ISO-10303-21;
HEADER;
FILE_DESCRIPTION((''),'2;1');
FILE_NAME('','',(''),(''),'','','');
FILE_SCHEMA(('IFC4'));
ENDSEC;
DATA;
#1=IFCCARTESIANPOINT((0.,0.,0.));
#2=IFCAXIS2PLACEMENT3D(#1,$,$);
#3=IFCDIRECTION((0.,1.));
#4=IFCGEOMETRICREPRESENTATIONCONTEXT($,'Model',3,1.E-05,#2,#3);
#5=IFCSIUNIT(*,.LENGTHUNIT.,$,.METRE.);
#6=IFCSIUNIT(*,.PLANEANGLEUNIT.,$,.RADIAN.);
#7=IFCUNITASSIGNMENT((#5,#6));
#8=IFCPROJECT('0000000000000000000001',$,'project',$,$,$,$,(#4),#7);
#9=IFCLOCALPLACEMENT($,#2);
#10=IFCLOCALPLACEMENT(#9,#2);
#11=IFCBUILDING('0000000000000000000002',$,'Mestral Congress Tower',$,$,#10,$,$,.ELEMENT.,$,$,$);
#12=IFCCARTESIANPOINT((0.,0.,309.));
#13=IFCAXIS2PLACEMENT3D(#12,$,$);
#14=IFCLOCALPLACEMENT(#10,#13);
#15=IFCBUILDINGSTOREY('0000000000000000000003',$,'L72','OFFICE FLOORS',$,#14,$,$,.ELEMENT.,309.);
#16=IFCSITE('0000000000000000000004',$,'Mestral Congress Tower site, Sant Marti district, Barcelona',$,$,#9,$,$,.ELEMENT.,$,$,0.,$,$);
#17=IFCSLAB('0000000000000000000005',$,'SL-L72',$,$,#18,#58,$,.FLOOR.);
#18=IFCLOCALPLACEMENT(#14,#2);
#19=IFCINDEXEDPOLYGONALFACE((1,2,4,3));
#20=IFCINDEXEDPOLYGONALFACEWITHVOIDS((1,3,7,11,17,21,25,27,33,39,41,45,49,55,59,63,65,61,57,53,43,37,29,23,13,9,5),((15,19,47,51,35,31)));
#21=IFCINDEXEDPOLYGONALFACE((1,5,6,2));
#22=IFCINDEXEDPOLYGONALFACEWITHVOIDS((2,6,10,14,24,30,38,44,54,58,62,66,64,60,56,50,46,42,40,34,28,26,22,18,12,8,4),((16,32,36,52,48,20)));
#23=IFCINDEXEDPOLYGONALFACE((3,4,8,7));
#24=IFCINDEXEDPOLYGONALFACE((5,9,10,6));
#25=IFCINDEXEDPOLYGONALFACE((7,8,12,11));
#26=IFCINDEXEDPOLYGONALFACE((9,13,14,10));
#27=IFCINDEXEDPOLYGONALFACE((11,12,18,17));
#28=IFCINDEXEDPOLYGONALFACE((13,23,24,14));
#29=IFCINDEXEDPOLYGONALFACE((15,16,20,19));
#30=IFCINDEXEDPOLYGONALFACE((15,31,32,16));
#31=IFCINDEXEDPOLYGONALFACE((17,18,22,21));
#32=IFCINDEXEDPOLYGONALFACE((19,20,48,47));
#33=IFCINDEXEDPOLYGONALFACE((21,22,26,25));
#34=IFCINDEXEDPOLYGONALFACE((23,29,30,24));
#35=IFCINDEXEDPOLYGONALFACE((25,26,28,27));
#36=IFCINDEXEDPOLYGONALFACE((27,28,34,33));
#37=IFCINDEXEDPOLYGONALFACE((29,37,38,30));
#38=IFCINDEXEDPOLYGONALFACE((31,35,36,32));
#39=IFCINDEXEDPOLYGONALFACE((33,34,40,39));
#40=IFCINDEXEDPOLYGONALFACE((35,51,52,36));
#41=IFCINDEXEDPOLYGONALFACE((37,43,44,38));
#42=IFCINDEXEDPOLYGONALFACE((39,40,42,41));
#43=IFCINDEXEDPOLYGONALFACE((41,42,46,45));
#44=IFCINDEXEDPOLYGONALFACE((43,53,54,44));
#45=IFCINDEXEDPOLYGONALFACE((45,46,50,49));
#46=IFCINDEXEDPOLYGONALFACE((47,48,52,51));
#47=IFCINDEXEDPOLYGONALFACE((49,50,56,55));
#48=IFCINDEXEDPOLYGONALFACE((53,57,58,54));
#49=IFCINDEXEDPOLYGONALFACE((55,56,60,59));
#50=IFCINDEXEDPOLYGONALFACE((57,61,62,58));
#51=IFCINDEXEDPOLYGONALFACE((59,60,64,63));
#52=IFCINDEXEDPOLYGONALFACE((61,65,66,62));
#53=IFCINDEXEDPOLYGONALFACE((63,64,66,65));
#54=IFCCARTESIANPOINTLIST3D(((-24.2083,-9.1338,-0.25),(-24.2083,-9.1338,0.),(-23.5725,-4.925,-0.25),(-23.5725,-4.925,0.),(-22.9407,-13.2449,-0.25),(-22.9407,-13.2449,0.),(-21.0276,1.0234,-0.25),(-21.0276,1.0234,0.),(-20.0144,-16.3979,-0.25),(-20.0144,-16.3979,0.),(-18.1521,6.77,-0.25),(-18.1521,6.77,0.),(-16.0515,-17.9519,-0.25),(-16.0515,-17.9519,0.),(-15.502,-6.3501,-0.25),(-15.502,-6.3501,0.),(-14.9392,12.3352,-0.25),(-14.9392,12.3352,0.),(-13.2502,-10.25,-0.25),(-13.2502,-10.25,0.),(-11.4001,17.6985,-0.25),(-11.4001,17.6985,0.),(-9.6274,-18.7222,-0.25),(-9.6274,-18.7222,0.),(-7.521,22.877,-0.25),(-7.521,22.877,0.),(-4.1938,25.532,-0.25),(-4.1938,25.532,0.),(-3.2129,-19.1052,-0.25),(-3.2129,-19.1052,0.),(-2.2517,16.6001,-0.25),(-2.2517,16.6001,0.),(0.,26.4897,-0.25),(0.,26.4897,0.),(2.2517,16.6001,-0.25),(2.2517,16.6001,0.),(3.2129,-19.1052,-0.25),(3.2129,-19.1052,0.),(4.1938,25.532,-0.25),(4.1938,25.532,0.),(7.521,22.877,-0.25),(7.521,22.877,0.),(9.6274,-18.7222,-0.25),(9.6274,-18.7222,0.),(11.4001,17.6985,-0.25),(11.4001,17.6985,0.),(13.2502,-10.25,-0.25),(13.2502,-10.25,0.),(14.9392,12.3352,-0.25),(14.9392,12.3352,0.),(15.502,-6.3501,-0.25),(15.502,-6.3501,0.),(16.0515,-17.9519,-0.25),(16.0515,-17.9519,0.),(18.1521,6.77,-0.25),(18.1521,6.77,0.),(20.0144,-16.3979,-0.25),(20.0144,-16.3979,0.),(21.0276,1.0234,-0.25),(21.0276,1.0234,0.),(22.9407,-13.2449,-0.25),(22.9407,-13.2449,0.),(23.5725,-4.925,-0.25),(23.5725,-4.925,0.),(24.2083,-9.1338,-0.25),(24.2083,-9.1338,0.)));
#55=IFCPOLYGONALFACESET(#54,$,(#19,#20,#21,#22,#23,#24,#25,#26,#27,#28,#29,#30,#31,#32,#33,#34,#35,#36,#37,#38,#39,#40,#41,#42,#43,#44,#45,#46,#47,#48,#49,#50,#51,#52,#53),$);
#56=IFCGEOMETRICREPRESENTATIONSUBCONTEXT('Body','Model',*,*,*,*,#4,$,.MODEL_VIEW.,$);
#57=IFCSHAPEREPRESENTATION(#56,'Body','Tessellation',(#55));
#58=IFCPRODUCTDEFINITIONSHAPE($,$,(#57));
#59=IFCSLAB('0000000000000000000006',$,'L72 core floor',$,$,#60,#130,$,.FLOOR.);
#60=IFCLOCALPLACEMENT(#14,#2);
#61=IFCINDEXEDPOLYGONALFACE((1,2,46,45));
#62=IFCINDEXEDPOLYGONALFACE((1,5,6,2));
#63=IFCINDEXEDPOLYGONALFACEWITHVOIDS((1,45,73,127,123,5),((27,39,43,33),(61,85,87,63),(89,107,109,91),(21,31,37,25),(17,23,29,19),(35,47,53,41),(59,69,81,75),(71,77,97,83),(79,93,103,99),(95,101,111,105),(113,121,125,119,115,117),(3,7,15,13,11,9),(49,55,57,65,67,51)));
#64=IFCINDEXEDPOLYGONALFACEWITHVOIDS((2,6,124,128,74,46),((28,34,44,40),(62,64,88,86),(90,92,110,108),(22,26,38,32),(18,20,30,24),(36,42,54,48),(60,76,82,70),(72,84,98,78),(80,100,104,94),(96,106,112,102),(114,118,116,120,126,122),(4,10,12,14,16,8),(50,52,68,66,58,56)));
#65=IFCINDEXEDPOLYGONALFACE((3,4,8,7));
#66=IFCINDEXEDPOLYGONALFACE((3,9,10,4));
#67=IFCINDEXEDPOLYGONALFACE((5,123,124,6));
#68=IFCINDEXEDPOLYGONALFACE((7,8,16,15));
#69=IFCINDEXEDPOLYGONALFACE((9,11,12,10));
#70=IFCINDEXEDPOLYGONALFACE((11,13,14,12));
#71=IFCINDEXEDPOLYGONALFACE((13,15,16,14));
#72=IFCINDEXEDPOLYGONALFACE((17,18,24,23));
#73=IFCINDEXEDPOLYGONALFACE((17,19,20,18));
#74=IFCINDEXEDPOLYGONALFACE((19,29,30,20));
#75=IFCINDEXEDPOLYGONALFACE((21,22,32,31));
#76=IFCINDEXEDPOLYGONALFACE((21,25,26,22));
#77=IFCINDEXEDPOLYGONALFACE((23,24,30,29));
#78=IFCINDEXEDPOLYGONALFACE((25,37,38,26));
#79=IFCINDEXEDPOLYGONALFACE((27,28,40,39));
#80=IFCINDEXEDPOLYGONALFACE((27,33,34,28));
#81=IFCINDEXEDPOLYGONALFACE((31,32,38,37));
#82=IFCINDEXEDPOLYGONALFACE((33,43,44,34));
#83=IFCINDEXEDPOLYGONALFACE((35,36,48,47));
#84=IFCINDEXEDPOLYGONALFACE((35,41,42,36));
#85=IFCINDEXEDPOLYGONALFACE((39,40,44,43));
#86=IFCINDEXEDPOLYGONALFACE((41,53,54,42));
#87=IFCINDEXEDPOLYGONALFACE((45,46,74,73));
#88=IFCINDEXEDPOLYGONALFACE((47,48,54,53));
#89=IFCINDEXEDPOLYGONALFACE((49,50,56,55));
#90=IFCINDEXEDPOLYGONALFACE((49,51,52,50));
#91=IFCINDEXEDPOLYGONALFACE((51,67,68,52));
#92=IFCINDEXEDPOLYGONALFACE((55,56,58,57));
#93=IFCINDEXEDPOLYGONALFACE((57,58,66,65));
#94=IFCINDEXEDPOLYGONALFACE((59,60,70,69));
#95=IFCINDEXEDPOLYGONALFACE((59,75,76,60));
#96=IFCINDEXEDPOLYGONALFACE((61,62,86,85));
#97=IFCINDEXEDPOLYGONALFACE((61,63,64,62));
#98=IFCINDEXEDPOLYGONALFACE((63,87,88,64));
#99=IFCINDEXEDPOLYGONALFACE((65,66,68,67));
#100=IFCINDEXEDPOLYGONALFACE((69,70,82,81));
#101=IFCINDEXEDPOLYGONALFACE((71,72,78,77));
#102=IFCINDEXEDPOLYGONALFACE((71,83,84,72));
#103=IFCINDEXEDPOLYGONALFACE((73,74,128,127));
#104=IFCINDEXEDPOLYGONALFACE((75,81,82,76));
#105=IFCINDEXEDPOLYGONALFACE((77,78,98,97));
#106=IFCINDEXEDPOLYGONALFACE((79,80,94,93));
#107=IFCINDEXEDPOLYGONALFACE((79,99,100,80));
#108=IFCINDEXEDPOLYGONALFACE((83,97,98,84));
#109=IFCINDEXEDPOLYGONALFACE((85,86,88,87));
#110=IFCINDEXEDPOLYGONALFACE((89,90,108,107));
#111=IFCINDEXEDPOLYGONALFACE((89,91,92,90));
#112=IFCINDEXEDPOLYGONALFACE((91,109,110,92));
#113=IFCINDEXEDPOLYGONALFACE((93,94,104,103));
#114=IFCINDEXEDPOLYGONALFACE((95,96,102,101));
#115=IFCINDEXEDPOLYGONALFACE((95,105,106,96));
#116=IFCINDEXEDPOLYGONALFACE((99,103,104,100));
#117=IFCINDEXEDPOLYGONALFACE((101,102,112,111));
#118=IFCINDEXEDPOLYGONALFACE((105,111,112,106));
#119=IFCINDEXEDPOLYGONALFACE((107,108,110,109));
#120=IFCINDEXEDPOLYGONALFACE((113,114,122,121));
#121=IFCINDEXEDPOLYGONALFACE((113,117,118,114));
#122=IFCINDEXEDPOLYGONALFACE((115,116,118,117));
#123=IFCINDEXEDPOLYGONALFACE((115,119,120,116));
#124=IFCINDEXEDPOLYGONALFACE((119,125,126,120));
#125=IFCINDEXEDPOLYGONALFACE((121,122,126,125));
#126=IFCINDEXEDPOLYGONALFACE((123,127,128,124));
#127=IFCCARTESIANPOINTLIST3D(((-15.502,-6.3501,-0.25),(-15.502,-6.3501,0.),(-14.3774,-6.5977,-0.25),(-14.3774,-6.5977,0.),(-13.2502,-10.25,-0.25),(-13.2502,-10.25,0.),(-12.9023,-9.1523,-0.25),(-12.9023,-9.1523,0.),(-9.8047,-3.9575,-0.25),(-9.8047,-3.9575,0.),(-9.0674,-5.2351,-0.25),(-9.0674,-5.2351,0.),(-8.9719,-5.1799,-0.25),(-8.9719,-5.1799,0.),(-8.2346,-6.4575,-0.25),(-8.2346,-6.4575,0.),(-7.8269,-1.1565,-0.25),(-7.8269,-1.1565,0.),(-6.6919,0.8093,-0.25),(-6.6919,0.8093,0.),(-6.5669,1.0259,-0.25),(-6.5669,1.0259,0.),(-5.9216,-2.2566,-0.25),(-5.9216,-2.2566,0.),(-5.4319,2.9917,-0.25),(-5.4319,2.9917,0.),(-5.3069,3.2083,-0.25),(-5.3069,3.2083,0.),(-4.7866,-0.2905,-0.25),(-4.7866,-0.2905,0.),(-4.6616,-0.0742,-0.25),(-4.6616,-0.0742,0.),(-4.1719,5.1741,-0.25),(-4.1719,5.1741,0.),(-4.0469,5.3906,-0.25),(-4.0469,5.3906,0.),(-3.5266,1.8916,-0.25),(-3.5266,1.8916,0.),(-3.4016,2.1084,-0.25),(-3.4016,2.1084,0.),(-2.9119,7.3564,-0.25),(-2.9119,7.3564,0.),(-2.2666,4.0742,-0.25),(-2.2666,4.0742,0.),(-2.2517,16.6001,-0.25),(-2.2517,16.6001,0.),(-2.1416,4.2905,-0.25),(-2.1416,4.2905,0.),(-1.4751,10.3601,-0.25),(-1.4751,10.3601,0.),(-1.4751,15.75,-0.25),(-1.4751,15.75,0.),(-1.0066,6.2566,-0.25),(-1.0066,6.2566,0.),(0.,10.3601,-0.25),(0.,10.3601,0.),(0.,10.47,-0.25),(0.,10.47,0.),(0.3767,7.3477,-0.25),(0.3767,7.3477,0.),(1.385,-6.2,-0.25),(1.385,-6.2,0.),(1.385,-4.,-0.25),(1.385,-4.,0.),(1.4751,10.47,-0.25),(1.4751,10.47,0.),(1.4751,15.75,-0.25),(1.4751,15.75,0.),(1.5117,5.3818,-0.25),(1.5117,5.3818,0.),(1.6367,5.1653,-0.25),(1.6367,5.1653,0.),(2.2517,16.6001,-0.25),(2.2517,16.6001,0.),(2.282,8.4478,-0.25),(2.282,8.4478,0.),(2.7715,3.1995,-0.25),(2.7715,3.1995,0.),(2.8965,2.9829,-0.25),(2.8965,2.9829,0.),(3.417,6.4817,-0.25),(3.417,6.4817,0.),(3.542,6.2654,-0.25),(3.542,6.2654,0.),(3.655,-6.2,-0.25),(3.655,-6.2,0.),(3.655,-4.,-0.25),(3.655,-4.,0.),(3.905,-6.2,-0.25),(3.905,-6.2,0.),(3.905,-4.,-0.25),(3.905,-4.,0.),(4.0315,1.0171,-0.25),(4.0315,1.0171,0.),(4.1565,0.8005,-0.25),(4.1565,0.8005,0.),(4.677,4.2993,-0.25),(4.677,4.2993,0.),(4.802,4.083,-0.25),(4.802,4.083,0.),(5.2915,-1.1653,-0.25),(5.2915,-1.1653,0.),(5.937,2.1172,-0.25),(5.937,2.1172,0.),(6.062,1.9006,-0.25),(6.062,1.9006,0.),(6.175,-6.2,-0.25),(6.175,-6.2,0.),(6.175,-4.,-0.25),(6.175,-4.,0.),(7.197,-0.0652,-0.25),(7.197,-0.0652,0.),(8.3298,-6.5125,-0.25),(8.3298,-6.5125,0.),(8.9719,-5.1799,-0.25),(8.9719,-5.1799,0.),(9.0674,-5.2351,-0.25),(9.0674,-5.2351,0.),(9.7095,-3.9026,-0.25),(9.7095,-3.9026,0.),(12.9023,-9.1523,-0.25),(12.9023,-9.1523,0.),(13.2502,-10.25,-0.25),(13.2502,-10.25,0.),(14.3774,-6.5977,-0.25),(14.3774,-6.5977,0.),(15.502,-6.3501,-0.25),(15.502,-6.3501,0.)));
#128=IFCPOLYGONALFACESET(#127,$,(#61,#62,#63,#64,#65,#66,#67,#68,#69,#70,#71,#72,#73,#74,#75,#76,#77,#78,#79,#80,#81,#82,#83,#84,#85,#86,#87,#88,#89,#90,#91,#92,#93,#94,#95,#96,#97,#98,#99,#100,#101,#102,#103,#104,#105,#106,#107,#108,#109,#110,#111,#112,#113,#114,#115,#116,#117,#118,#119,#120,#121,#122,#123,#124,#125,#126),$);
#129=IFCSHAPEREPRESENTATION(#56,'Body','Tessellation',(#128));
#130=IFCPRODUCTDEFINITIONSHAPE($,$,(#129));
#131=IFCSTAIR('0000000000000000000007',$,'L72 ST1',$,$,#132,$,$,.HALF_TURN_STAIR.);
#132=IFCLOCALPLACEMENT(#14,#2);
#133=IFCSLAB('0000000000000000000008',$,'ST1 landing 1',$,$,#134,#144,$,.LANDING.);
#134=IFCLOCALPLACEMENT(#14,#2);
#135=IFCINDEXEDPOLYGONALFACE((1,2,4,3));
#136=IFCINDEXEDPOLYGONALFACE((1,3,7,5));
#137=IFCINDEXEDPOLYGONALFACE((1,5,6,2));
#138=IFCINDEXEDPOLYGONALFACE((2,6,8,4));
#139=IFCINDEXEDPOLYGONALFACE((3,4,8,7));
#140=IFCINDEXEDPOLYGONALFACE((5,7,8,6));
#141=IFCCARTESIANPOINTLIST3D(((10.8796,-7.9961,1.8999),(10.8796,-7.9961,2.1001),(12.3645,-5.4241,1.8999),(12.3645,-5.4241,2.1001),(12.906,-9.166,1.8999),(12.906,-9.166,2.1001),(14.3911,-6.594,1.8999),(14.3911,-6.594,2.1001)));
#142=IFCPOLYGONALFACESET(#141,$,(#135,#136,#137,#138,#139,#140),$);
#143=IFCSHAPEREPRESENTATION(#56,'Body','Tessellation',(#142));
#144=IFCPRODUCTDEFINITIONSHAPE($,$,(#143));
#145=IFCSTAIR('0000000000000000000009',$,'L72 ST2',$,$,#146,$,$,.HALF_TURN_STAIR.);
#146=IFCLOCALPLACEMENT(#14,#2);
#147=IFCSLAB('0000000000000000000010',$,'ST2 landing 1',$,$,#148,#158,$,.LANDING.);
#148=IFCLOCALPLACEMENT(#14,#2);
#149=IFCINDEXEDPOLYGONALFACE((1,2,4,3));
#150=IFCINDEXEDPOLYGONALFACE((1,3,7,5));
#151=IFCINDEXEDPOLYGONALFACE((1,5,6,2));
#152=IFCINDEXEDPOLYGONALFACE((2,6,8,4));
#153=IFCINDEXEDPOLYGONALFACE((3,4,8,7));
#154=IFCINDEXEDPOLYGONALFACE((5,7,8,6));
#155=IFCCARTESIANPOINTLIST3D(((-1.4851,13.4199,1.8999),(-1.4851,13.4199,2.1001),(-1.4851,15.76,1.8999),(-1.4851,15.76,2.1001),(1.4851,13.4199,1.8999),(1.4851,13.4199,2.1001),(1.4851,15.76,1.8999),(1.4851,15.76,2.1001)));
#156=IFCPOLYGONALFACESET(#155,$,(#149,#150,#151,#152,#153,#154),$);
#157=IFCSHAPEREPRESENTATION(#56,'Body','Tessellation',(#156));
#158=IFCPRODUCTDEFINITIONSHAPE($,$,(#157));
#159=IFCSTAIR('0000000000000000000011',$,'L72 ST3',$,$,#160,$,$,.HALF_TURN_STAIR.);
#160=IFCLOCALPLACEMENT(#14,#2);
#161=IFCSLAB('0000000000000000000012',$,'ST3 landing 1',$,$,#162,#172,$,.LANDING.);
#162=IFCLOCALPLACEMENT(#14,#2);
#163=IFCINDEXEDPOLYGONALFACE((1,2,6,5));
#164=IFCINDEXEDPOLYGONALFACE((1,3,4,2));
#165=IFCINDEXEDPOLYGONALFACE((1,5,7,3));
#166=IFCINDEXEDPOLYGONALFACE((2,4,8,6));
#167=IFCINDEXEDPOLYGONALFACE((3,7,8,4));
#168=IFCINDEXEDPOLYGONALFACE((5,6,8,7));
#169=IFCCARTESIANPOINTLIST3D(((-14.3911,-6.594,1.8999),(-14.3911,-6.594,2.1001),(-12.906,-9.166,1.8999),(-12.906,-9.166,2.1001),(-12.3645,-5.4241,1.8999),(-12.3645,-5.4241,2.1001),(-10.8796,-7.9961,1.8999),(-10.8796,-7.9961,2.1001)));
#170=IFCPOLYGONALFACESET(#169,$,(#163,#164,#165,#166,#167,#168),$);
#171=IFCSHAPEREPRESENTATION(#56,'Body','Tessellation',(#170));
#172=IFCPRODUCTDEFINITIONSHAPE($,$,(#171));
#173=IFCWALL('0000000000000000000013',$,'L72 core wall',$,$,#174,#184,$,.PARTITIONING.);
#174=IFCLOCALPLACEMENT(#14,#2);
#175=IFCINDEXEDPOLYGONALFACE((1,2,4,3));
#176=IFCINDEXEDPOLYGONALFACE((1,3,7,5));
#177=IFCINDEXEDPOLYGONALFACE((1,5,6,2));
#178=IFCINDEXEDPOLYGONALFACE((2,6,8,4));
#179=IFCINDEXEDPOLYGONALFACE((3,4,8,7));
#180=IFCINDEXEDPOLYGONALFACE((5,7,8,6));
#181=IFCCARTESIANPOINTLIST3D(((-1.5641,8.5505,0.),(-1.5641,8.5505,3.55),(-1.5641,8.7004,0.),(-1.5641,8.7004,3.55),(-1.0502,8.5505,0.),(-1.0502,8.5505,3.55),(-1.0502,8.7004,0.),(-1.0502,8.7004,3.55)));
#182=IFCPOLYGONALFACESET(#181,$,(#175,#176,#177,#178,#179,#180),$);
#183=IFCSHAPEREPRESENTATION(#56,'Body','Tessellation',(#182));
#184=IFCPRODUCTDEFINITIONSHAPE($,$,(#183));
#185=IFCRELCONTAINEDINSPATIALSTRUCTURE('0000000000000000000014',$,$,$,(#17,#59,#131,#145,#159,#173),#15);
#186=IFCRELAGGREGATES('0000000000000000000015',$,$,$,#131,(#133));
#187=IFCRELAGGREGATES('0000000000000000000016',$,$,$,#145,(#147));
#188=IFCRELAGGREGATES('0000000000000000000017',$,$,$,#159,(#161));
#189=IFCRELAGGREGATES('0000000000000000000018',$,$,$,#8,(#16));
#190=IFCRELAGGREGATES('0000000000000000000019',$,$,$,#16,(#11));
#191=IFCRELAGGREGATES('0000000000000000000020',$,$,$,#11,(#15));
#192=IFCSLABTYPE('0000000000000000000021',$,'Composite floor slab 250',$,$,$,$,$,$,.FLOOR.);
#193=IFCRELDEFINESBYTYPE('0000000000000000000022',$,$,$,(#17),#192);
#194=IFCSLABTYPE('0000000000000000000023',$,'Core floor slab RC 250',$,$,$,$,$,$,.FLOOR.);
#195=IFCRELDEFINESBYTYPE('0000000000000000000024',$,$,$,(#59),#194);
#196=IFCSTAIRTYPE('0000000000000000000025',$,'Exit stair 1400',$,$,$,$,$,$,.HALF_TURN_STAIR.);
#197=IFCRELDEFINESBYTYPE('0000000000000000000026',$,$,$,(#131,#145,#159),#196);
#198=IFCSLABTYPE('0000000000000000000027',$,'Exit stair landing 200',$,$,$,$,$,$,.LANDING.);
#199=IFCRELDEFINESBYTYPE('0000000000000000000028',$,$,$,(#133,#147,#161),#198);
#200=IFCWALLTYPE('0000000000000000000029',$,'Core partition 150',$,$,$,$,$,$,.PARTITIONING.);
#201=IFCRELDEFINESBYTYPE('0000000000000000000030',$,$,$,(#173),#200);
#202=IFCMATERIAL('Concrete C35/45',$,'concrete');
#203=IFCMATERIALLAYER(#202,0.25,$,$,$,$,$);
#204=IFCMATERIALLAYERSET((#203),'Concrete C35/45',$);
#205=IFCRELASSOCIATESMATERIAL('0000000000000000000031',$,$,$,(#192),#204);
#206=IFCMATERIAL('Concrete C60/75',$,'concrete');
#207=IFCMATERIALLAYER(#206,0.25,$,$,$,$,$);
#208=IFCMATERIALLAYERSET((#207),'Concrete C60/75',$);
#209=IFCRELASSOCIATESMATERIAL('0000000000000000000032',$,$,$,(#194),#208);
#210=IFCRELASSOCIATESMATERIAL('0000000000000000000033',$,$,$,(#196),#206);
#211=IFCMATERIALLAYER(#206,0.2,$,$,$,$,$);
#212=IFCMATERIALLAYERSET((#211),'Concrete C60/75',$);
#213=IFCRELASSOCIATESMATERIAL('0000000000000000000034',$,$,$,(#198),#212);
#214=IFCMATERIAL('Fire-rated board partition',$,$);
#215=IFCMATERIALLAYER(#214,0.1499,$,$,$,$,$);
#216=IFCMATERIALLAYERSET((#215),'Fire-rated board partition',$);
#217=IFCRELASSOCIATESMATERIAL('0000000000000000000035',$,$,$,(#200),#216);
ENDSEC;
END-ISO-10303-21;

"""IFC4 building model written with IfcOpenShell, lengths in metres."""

from ifc_helpers import new_model, si_unit, direction, frame, frame_2d, origin, place, context, subcontext, project, spatial, polyline, rectangle, outline, extrude, material, layer, layer_set, type_object, element, aggregate, save


model = new_model("IFC4")

# Units and contexts
model_context = context("Model", 3, precision=1e-05, world=origin(), true_north=direction((0.0, 1.0)))
body_context = subcontext(model_context, "Body", "Model", "MODEL_VIEW")
ifc_project = project(units=[si_unit("LENGTHUNIT", "METRE"), si_unit("PLANEANGLEUNIT", "RADIAN")], contexts=[model_context])

# Site, building, storey
site_placement = place(None, origin())
site = spatial("IfcSite", under=ifc_project, at=site_placement, Name="Mestral Congress Tower site, Sant Marti district, Barcelona", CompositionType="ELEMENT", RefElevation=0.0)
building_placement = place(site_placement, origin())
building = spatial("IfcBuilding", under=site, at=building_placement, Name="Mestral Congress Tower", CompositionType="ELEMENT")
storey_placement = place(building_placement, frame((0.0, 0.0, 309.0)))
storey = spatial("IfcBuildingStorey", under=building, at=storey_placement, Name="L72", Description="OFFICE FLOORS", CompositionType="ELEMENT", Elevation=309.0)

# Slabs
ifc_material_1 = material(Name="Concrete C35/45", Category="concrete")
ifc_layer_1 = layer(ifc_material_1, 0.25)
ifc_layer_set_1 = layer_set([ifc_layer_1], Name="Concrete C35/45")
slab_type_1 = type_object("IfcSlabType", Name="Composite floor slab 250", PredefinedType="FLOOR", material=ifc_layer_set_1)
placement_1 = place(storey_placement, frame((0.0, 0.0, -0.25)))
element("IfcSlab", 1, at=placement_1, inside=storey, type_object=slab_type_1, Name="SL-L72", PredefinedType="FLOOR", context=body_context, shape_type="SweptSolid", body=[
    extrude(outline(polyline([(-16.0515, -17.9519), (-20.0144, -16.3979), (-22.9407, -13.2449), (-24.2083, -9.1338), (-23.5725, -4.925), (-21.0276, 1.0234), (-18.1521, 6.77), (-14.9392, 12.3352), (-11.4001, 17.6985), (-7.521, 22.877), (-4.1938, 25.532), (0.0, 26.4897), (4.1938, 25.532), (7.521, 22.877), (11.4001, 17.6985), (14.9392, 12.3352), (18.1521, 6.77), (21.0276, 1.0234), (23.5725, -4.925), (24.2083, -9.1338), (22.9407, -13.2449), (20.0144, -16.3979), (16.0515, -17.9519), (9.6274, -18.7222), (3.2129, -19.1052), (-3.2129, -19.1052), (-9.6274, -18.7222), (-16.0515, -17.9519)]), holes=[polyline([(-2.2517, 16.6001), (-15.502, -6.3501), (-13.2502, -10.25), (13.2502, -10.25), (15.502, -6.3501), (2.2517, 16.6001), (-2.2517, 16.6001)])]), origin(), (0.0, 0.0, 1.0), 0.25),
])
ifc_material_2 = material(Name="Concrete C60/75", Category="concrete")
ifc_layer_2 = layer(ifc_material_2, 0.25)
ifc_layer_set_2 = layer_set([ifc_layer_2], Name="Concrete C60/75")
slab_type_2 = type_object("IfcSlabType", Name="Core floor slab RC 250", PredefinedType="FLOOR", material=ifc_layer_set_2)
element("IfcSlab", 2, at=placement_1, inside=storey, type_object=slab_type_2, Name="L72 core floor", PredefinedType="FLOOR", context=body_context, shape_type="SweptSolid", body=[
    extrude(outline(polyline([(13.2502, -10.25), (-13.2502, -10.25), (-15.502, -6.3501), (-2.2517, 16.6001), (2.2517, 16.6001), (15.502, -6.3501), (13.2502, -10.25)]), holes=[polyline([(-14.3774, -6.5977), (-12.9023, -9.1523), (-8.2346, -6.4575), (-8.9719, -5.1799), (-9.0674, -5.2351), (-9.8047, -3.9575), (-14.3774, -6.5977)]), polyline([(-5.9216, -2.2566), (-4.7866, -0.2905), (-6.6919, 0.8093), (-7.8269, -1.1565), (-5.9216, -2.2566)]), polyline([(-4.6616, -0.0742), (-3.5266, 1.8916), (-5.4319, 2.9917), (-6.5669, 1.0259), (-4.6616, -0.0742)]), polyline([(-2.2666, 4.0742), (-4.1719, 5.1741), (-5.3069, 3.2083), (-3.4016, 2.1084), (-2.2666, 4.0742)]), polyline([(-2.1416, 4.2905), (-1.0066, 6.2566), (-2.9119, 7.3564), (-4.0469, 5.3906), (-2.1416, 4.2905)]), polyline([(0.3767, 7.3477), (1.5117, 5.3818), (3.417, 6.4817), (2.282, 8.4478), (0.3767, 7.3477)]), polyline([(1.4751, 15.75), (-1.4751, 15.75), (-1.4751, 10.3601), (0.0, 10.3601), (0.0, 10.47), (1.4751, 10.47), (1.4751, 15.75)]), polyline([(8.3298, -6.5125), (12.9023, -9.1523), (14.3774, -6.5977), (9.7095, -3.9026), (8.9719, -5.1799), (9.0674, -5.2351), (8.3298, -6.5125)]), polyline([(3.655, -4.0), (1.385, -4.0), (1.385, -6.2), (3.655, -6.2), (3.655, -4.0)]), polyline([(6.175, -4.0), (3.905, -4.0), (3.905, -6.2), (6.175, -6.2), (6.175, -4.0)]), polyline([(4.1565, 0.8005), (5.2915, -1.1653), (7.197, -0.0652), (6.062, 1.9006), (4.1565, 0.8005)]), polyline([(2.8965, 2.9829), (4.0315, 1.0171), (5.937, 2.1172), (4.802, 4.083), (2.8965, 2.9829)]), polyline([(1.6367, 5.1653), (2.7715, 3.1995), (4.677, 4.2993), (3.542, 6.2654), (1.6367, 5.1653)])]), origin(), (0.0, 0.0, 1.0), 0.25),
])

# Stairs, slabs
stair_type = type_object("IfcStairType", Name="Exit stair 1400", PredefinedType="HALF_TURN_STAIR", material=ifc_material_2)
placement_2 = place(storey_placement, origin())
stair_1 = element("IfcStair", 3, at=placement_2, inside=storey, type_object=stair_type, Name="L72 ST1", PredefinedType="HALF_TURN_STAIR")
ifc_layer_3 = layer(ifc_material_2, 0.2)
ifc_layer_set_3 = layer_set([ifc_layer_3], Name="Concrete C60/75")
slab_type_3 = type_object("IfcSlabType", Name="Exit stair landing 200", PredefinedType="LANDING", material=ifc_layer_set_3)
placement_3 = place(storey_placement, frame((0.0, 0.0, 1.8999)))
slab_1 = element("IfcSlab", 4, at=placement_3, type_object=slab_type_3, Name="ST1 landing 1", PredefinedType="LANDING", context=body_context, shape_type="SweptSolid", body=[
    extrude(outline(polyline([(10.8796, -7.9961), (12.3645, -5.4241), (14.3911, -6.594), (12.906, -9.166), (10.8796, -7.9961)])), origin(), (0.0, 0.0, 1.0), 0.2002),
])
aggregate(stair_1, [slab_1])
stair_2 = element("IfcStair", 5, at=placement_2, inside=storey, type_object=stair_type, Name="L72 ST2", PredefinedType="HALF_TURN_STAIR")
slab_2 = element("IfcSlab", 6, at=placement_3, type_object=slab_type_3, Name="ST2 landing 1", PredefinedType="LANDING", context=body_context, shape_type="SweptSolid", body=[
    extrude(outline(polyline([(1.4851, 13.4199), (-1.4851, 13.4199), (-1.4851, 15.76), (1.4851, 15.76), (1.4851, 13.4199)])), origin(), (0.0, 0.0, 1.0), 0.2002),
])
aggregate(stair_2, [slab_2])
stair_3 = element("IfcStair", 7, at=placement_2, inside=storey, type_object=stair_type, Name="L72 ST3", PredefinedType="HALF_TURN_STAIR")
slab_3 = element("IfcSlab", 8, at=placement_3, type_object=slab_type_3, Name="ST3 landing 1", PredefinedType="LANDING", context=body_context, shape_type="SweptSolid", body=[
    extrude(outline(polyline([(-12.3645, -5.4241), (-10.8796, -7.9961), (-12.906, -9.166), (-14.3911, -6.594), (-12.3645, -5.4241)])), origin(), (0.0, 0.0, 1.0), 0.2002),
])
aggregate(stair_3, [slab_3])

# Wall
ifc_material_3 = material(Name="Fire-rated board partition")
ifc_layer_4 = layer(ifc_material_3, 0.1499)
ifc_layer_set_4 = layer_set([ifc_layer_4], Name="Fire-rated board partition")
wall_type_1 = type_object("IfcWallType", Name="Core partition 150", PredefinedType="PARTITIONING", material=ifc_layer_set_4)
wall_1_placement = place(storey_placement, frame((-1.564, 8.6255, 0.0), z_axis=(0.0, 0.0, 1.0), x_axis=(1.0, 0.0, 0.0)))
element("IfcWall", 9, at=wall_1_placement, inside=storey, type_object=wall_type_1, Name="L72 core wall", PredefinedType="PARTITIONING", context=body_context, shape_type="SweptSolid", body=[
    extrude(rectangle(XDim=0.5139, YDim=0.1499, at=frame_2d((0.2568, 0.0))), origin(), (0.0, 0.0, 1.0), 3.55),
])

save(model, "model.ifc")
